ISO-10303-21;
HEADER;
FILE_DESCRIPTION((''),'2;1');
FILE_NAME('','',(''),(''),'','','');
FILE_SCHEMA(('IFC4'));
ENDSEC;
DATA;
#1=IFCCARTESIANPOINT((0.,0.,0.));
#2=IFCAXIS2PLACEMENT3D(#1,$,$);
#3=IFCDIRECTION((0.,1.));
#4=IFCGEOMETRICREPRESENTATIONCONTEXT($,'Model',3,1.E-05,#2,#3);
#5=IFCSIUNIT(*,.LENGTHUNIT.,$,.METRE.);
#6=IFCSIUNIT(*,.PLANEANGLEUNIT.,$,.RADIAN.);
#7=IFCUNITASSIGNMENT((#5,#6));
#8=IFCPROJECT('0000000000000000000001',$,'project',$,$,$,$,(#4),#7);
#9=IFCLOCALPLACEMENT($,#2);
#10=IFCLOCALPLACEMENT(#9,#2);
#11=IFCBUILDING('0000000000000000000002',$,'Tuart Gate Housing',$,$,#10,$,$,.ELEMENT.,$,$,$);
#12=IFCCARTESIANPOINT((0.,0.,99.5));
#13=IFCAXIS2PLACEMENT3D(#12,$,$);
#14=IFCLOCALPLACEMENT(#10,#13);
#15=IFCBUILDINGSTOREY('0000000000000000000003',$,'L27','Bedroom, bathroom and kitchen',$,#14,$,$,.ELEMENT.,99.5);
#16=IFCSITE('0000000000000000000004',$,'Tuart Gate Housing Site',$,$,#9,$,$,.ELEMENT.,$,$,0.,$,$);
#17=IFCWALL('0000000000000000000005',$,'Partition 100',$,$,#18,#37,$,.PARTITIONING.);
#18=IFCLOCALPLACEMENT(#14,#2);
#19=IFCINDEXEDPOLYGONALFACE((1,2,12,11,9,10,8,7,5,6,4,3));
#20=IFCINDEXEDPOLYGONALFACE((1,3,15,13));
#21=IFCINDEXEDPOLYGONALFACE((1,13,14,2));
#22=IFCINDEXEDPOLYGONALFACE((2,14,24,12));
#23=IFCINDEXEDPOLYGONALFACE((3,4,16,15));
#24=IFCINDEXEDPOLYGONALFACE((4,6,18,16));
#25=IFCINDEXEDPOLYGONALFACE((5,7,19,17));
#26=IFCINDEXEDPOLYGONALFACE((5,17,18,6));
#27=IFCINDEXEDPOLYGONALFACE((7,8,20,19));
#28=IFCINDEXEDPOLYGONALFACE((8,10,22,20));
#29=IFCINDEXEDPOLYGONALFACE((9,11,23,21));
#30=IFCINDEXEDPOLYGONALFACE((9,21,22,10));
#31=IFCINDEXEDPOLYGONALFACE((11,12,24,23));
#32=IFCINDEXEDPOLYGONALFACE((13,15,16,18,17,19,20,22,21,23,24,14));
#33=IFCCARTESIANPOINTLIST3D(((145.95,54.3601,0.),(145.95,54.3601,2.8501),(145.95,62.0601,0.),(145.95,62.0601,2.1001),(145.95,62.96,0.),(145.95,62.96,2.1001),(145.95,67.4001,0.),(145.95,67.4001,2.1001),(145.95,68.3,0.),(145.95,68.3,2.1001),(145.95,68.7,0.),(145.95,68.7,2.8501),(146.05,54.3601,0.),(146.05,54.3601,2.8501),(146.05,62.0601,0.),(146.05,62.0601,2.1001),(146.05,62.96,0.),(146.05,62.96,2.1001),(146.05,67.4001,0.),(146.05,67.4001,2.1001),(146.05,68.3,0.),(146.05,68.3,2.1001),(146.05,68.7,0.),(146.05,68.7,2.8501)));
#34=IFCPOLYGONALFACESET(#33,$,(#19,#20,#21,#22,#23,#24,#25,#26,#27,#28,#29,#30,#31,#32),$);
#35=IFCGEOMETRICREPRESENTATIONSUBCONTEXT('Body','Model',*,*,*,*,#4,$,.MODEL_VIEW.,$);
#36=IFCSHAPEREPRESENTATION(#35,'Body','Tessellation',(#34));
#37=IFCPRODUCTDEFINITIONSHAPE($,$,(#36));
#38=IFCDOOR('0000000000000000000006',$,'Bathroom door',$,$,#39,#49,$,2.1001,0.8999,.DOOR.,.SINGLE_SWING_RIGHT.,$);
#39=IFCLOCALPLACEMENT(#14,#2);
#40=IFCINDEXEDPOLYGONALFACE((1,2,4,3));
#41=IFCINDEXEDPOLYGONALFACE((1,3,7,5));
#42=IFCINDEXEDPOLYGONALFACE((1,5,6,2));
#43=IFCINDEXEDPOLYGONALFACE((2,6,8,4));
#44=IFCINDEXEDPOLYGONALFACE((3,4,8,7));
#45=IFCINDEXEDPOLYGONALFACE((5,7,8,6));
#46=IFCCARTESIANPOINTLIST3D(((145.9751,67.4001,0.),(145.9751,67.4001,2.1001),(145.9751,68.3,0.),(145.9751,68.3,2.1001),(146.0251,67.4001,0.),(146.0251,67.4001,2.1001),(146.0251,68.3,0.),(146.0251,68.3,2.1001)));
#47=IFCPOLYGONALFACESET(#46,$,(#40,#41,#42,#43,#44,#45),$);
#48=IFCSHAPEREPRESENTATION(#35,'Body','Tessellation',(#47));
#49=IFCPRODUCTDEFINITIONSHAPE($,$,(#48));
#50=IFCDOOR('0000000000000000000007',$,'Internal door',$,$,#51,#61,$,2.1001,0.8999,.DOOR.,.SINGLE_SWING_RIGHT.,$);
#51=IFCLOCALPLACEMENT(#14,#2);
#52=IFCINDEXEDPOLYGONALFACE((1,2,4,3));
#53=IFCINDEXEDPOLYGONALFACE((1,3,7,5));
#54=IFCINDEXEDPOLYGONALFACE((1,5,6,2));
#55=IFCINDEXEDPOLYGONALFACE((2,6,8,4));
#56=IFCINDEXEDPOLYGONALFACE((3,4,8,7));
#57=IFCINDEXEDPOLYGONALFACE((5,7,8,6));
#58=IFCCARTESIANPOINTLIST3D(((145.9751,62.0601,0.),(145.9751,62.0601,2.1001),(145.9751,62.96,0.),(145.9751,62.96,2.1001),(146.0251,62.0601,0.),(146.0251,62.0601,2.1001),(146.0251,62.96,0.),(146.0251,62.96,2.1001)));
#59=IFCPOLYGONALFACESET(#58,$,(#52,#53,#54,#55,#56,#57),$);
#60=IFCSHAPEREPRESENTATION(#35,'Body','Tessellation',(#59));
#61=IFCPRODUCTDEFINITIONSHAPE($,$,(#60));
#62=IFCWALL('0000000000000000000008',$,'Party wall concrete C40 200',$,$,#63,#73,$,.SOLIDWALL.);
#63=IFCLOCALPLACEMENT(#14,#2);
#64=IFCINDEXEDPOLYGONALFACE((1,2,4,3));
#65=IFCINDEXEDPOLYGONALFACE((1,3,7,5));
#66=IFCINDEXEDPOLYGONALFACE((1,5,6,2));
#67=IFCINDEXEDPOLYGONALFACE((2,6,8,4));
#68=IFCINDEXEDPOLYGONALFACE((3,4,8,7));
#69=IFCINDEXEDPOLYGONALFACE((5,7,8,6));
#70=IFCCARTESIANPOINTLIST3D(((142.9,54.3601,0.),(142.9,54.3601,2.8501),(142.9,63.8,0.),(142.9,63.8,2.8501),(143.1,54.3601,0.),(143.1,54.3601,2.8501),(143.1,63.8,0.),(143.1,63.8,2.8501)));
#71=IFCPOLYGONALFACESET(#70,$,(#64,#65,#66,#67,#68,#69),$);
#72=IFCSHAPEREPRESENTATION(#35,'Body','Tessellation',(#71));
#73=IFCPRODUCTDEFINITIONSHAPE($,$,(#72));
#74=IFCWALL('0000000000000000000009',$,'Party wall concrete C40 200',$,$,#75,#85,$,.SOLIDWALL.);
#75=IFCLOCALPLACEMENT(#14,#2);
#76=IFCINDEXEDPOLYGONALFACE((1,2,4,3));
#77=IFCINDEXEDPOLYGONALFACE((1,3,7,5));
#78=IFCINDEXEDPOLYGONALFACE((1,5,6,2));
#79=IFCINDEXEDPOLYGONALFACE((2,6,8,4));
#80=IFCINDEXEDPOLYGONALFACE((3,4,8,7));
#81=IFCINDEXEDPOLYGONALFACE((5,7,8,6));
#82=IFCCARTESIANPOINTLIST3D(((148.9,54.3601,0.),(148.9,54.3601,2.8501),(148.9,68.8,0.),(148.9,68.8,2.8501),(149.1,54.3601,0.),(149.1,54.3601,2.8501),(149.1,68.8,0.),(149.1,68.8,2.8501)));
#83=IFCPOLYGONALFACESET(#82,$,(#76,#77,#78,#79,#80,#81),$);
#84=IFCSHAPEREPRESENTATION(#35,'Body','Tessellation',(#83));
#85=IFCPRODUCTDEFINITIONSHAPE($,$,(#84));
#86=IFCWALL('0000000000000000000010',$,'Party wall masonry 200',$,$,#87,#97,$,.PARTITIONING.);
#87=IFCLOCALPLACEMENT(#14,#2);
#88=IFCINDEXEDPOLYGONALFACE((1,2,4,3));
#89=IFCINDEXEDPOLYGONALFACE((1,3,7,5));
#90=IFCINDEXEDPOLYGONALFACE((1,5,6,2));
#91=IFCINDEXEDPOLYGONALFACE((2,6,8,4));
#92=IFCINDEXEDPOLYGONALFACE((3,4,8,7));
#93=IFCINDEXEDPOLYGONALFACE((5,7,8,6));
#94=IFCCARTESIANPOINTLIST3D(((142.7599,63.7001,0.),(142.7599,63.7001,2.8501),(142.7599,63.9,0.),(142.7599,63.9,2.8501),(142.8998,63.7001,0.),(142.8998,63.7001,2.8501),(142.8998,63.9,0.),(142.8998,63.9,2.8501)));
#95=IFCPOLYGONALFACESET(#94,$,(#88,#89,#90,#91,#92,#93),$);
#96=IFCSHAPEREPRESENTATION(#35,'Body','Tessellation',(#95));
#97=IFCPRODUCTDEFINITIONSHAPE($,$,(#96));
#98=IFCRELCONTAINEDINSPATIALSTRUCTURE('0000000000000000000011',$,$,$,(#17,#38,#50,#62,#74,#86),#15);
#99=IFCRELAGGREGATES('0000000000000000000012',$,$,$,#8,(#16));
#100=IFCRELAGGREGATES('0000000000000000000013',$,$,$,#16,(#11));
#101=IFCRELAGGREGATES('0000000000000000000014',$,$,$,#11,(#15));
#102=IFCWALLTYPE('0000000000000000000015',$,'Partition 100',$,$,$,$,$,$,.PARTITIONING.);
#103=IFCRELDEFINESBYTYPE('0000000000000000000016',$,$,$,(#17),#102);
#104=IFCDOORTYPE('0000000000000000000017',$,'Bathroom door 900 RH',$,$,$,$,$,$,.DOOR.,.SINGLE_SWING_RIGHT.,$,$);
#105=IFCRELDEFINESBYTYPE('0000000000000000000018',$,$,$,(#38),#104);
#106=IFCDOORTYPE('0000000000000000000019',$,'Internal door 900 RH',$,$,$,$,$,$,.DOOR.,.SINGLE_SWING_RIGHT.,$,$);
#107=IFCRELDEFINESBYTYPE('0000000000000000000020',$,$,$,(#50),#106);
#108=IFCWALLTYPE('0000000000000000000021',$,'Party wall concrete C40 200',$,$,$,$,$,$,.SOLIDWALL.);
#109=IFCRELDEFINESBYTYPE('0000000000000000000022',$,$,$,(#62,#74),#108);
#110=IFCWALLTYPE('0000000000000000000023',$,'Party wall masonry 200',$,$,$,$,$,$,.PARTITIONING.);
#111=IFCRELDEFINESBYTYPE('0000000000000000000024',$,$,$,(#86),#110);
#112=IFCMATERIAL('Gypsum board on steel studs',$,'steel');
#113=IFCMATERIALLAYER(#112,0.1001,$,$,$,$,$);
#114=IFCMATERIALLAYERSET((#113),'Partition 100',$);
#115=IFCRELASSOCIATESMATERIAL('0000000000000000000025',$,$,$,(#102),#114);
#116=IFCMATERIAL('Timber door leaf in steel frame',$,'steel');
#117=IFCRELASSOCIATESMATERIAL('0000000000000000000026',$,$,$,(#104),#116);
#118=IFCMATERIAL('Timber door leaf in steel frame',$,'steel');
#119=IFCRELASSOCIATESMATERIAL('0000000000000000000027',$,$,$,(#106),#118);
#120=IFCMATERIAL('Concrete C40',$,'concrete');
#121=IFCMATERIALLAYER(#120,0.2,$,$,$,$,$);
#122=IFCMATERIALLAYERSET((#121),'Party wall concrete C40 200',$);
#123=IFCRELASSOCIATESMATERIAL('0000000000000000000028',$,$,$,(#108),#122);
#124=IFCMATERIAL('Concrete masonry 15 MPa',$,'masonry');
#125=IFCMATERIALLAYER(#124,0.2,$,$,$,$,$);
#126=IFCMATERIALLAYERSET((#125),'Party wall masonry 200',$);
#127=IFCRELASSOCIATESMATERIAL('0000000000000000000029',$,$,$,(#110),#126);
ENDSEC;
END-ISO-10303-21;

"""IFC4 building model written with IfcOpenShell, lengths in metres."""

from ifc_helpers import new_model, si_unit, direction, frame, frame_2d, origin, place, context, subcontext, project, spatial, rectangle, extrude, material, layer, layer_set, type_object, element, fill, save


model = new_model("IFC4")

# Units and contexts
model_context = context("Model", 3, precision=1e-05, world=origin(), true_north=direction((0.0, 1.0)))
body_context = subcontext(model_context, "Body", "Model", "MODEL_VIEW")
ifc_project = project(units=[si_unit("LENGTHUNIT", "METRE"), si_unit("PLANEANGLEUNIT", "RADIAN")], contexts=[model_context])

# Site, building, storey
site_placement = place(None, origin())
site = spatial("IfcSite", under=ifc_project, at=site_placement, Name="Tuart Gate Housing Site", CompositionType="ELEMENT", RefElevation=0.0)
building_placement = place(site_placement, origin())
building = spatial("IfcBuilding", under=site, at=building_placement, Name="Tuart Gate Housing", CompositionType="ELEMENT")
storey_placement = place(building_placement, frame((0.0, 0.0, 99.5)))
storey = spatial("IfcBuildingStorey", under=building, at=storey_placement, Name="L27", Description="Bedroom, bathroom and kitchen", CompositionType="ELEMENT", Elevation=99.5)

# Shared definitions
ifc_material_1 = material(Name="Gypsum board on steel studs", Category="steel")
ifc_layer_1 = layer(ifc_material_1, 0.1001)
ifc_layer_set_1 = layer_set([ifc_layer_1], Name="Partition 100")
wall_type_1 = type_object("IfcWallType", Name="Partition 100", PredefinedType="PARTITIONING", material=ifc_layer_set_1)

# Wall, openings, doors
wall_1_placement = place(storey_placement, frame((146.0, 54.3601, 0.0), z_axis=(0.0, 0.0, 1.0), x_axis=(0.0, 1.0, 0.0)))
wall_1 = element("IfcWall", 1, at=wall_1_placement, inside=storey, type_object=wall_type_1, Name="Partition 100", PredefinedType="PARTITIONING", context=body_context, shape_type="SweptSolid", body=[
    extrude(rectangle(XDim=14.3398, YDim=0.1001, at=frame_2d((7.1699, 0.0))), origin(), (0.0, 0.0, 1.0), 2.8501),
])
opening_1_placement = place(wall_1_placement, frame((7.7, 0.0, 0.0)))
opening_1 = element("IfcOpeningElement", 2, at=opening_1_placement, cuts=wall_1, PredefinedType="OPENING", context=body_context, shape_type="SweptSolid", body=[
    extrude(rectangle(XDim=0.8999, YDim=2.1001, at=frame_2d((0.45, 1.05))), frame((0.0, 0.0601, 0.0), z_axis=(0.0, -1.0, 0.0), x_axis=(1.0, 0.0, 0.0)), (0.0, 0.0, 1.0), 0.1201),
])
opening_2_placement = place(wall_1_placement, frame((13.04, 0.0, 0.0)))
opening_2 = element("IfcOpeningElement", 3, at=opening_2_placement, cuts=wall_1, PredefinedType="OPENING", context=body_context, shape_type="SweptSolid", body=[
    extrude(rectangle(XDim=0.8999, YDim=2.1001, at=frame_2d((0.45, 1.05))), frame((0.0, 0.0601, 0.0), z_axis=(0.0, -1.0, 0.0), x_axis=(1.0, 0.0, 0.0)), (0.0, 0.0, 1.0), 0.1201),
])
ifc_material_2 = material(Name="Timber door leaf in steel frame", Category="steel")
door_type_1 = type_object("IfcDoorType", Name="Bathroom door 900 RH", OperationType="SINGLE_SWING_RIGHT", PredefinedType="DOOR", material=ifc_material_2)
door_1_placement = place(opening_2_placement, origin())
door_1 = element("IfcDoor", 4, at=door_1_placement, inside=storey, type_object=door_type_1, Name="Bathroom door", OperationType="SINGLE_SWING_RIGHT", OverallHeight=2.1001, OverallWidth=0.8999, PredefinedType="DOOR", context=body_context, shape_type="SweptSolid", body=[
    extrude(rectangle(XDim=0.8999, YDim=2.1001, at=frame_2d((0.45, 1.05))), frame((0.0, 0.0249, 0.0), z_axis=(0.0, -1.0, 0.0), x_axis=(1.0, 0.0, 0.0)), (0.0, 0.0, 1.0), 0.05),
])
fill(opening_2, door_1)
ifc_material_3 = material(Name="Timber door leaf in steel frame", Category="steel")
door_type_2 = type_object("IfcDoorType", Name="Internal door 900 RH", OperationType="SINGLE_SWING_RIGHT", PredefinedType="DOOR", material=ifc_material_3)
door_2_placement = place(opening_1_placement, origin())
door_2 = element("IfcDoor", 5, at=door_2_placement, inside=storey, type_object=door_type_2, Name="Internal door", OperationType="SINGLE_SWING_RIGHT", OverallHeight=2.1001, OverallWidth=0.8999, PredefinedType="DOOR", context=body_context, shape_type="SweptSolid", body=[
    extrude(rectangle(XDim=0.8999, YDim=2.1001, at=frame_2d((0.45, 1.05))), frame((0.0, 0.0249, 0.0), z_axis=(0.0, -1.0, 0.0), x_axis=(1.0, 0.0, 0.0)), (0.0, 0.0, 1.0), 0.05),
])
fill(opening_1, door_2)

# Walls
ifc_material_4 = material(Name="Concrete C40", Category="concrete")
ifc_layer_2 = layer(ifc_material_4, 0.2)
ifc_layer_set_2 = layer_set([ifc_layer_2], Name="Party wall concrete C40 200")
wall_type_2 = type_object("IfcWallType", Name="Party wall concrete C40 200", PredefinedType="SOLIDWALL", material=ifc_layer_set_2)
wall_2_placement = place(storey_placement, frame((143.0, 54.3601, 0.0), z_axis=(0.0, 0.0, 1.0), x_axis=(0.0, 1.0, 0.0)))
element("IfcWall", 6, at=wall_2_placement, inside=storey, type_object=wall_type_2, Name="Party wall concrete C40 200", PredefinedType="SOLIDWALL", context=body_context, shape_type="SweptSolid", body=[
    extrude(rectangle(XDim=9.4399, YDim=0.2, at=frame_2d((4.72, 0.0))), origin(), (0.0, 0.0, 1.0), 2.8501),
])
wall_3_placement = place(storey_placement, frame((149.0, 54.3601, 0.0), z_axis=(0.0, 0.0, 1.0), x_axis=(0.0, 1.0, 0.0)))
element("IfcWall", 7, at=wall_3_placement, inside=storey, type_object=wall_type_2, Name="Party wall concrete C40 200", PredefinedType="SOLIDWALL", context=body_context, shape_type="SweptSolid", body=[
    extrude(rectangle(XDim=14.4399, YDim=0.2, at=frame_2d((7.22, 0.0))), origin(), (0.0, 0.0, 1.0), 2.8501),
])
ifc_material_5 = material(Name="Concrete masonry 15 MPa", Category="masonry")
ifc_layer_3 = layer(ifc_material_5, 0.2)
ifc_layer_set_3 = layer_set([ifc_layer_3], Name="Party wall masonry 200")
wall_type_3 = type_object("IfcWallType", Name="Party wall masonry 200", PredefinedType="PARTITIONING", material=ifc_layer_set_3)
wall_4_placement = place(storey_placement, frame((142.76, 63.8, 0.0), z_axis=(0.0, 0.0, 1.0), x_axis=(1.0, 0.0, 0.0)))
element("IfcWall", 8, at=wall_4_placement, inside=storey, type_object=wall_type_3, Name="Party wall masonry 200", PredefinedType="PARTITIONING", context=body_context, shape_type="SweptSolid", body=[
    extrude(rectangle(XDim=0.1399, YDim=0.2, at=frame_2d((0.0698, 0.0))), origin(), (0.0, 0.0, 1.0), 2.8501),
])

save(model, "model.ifc")
